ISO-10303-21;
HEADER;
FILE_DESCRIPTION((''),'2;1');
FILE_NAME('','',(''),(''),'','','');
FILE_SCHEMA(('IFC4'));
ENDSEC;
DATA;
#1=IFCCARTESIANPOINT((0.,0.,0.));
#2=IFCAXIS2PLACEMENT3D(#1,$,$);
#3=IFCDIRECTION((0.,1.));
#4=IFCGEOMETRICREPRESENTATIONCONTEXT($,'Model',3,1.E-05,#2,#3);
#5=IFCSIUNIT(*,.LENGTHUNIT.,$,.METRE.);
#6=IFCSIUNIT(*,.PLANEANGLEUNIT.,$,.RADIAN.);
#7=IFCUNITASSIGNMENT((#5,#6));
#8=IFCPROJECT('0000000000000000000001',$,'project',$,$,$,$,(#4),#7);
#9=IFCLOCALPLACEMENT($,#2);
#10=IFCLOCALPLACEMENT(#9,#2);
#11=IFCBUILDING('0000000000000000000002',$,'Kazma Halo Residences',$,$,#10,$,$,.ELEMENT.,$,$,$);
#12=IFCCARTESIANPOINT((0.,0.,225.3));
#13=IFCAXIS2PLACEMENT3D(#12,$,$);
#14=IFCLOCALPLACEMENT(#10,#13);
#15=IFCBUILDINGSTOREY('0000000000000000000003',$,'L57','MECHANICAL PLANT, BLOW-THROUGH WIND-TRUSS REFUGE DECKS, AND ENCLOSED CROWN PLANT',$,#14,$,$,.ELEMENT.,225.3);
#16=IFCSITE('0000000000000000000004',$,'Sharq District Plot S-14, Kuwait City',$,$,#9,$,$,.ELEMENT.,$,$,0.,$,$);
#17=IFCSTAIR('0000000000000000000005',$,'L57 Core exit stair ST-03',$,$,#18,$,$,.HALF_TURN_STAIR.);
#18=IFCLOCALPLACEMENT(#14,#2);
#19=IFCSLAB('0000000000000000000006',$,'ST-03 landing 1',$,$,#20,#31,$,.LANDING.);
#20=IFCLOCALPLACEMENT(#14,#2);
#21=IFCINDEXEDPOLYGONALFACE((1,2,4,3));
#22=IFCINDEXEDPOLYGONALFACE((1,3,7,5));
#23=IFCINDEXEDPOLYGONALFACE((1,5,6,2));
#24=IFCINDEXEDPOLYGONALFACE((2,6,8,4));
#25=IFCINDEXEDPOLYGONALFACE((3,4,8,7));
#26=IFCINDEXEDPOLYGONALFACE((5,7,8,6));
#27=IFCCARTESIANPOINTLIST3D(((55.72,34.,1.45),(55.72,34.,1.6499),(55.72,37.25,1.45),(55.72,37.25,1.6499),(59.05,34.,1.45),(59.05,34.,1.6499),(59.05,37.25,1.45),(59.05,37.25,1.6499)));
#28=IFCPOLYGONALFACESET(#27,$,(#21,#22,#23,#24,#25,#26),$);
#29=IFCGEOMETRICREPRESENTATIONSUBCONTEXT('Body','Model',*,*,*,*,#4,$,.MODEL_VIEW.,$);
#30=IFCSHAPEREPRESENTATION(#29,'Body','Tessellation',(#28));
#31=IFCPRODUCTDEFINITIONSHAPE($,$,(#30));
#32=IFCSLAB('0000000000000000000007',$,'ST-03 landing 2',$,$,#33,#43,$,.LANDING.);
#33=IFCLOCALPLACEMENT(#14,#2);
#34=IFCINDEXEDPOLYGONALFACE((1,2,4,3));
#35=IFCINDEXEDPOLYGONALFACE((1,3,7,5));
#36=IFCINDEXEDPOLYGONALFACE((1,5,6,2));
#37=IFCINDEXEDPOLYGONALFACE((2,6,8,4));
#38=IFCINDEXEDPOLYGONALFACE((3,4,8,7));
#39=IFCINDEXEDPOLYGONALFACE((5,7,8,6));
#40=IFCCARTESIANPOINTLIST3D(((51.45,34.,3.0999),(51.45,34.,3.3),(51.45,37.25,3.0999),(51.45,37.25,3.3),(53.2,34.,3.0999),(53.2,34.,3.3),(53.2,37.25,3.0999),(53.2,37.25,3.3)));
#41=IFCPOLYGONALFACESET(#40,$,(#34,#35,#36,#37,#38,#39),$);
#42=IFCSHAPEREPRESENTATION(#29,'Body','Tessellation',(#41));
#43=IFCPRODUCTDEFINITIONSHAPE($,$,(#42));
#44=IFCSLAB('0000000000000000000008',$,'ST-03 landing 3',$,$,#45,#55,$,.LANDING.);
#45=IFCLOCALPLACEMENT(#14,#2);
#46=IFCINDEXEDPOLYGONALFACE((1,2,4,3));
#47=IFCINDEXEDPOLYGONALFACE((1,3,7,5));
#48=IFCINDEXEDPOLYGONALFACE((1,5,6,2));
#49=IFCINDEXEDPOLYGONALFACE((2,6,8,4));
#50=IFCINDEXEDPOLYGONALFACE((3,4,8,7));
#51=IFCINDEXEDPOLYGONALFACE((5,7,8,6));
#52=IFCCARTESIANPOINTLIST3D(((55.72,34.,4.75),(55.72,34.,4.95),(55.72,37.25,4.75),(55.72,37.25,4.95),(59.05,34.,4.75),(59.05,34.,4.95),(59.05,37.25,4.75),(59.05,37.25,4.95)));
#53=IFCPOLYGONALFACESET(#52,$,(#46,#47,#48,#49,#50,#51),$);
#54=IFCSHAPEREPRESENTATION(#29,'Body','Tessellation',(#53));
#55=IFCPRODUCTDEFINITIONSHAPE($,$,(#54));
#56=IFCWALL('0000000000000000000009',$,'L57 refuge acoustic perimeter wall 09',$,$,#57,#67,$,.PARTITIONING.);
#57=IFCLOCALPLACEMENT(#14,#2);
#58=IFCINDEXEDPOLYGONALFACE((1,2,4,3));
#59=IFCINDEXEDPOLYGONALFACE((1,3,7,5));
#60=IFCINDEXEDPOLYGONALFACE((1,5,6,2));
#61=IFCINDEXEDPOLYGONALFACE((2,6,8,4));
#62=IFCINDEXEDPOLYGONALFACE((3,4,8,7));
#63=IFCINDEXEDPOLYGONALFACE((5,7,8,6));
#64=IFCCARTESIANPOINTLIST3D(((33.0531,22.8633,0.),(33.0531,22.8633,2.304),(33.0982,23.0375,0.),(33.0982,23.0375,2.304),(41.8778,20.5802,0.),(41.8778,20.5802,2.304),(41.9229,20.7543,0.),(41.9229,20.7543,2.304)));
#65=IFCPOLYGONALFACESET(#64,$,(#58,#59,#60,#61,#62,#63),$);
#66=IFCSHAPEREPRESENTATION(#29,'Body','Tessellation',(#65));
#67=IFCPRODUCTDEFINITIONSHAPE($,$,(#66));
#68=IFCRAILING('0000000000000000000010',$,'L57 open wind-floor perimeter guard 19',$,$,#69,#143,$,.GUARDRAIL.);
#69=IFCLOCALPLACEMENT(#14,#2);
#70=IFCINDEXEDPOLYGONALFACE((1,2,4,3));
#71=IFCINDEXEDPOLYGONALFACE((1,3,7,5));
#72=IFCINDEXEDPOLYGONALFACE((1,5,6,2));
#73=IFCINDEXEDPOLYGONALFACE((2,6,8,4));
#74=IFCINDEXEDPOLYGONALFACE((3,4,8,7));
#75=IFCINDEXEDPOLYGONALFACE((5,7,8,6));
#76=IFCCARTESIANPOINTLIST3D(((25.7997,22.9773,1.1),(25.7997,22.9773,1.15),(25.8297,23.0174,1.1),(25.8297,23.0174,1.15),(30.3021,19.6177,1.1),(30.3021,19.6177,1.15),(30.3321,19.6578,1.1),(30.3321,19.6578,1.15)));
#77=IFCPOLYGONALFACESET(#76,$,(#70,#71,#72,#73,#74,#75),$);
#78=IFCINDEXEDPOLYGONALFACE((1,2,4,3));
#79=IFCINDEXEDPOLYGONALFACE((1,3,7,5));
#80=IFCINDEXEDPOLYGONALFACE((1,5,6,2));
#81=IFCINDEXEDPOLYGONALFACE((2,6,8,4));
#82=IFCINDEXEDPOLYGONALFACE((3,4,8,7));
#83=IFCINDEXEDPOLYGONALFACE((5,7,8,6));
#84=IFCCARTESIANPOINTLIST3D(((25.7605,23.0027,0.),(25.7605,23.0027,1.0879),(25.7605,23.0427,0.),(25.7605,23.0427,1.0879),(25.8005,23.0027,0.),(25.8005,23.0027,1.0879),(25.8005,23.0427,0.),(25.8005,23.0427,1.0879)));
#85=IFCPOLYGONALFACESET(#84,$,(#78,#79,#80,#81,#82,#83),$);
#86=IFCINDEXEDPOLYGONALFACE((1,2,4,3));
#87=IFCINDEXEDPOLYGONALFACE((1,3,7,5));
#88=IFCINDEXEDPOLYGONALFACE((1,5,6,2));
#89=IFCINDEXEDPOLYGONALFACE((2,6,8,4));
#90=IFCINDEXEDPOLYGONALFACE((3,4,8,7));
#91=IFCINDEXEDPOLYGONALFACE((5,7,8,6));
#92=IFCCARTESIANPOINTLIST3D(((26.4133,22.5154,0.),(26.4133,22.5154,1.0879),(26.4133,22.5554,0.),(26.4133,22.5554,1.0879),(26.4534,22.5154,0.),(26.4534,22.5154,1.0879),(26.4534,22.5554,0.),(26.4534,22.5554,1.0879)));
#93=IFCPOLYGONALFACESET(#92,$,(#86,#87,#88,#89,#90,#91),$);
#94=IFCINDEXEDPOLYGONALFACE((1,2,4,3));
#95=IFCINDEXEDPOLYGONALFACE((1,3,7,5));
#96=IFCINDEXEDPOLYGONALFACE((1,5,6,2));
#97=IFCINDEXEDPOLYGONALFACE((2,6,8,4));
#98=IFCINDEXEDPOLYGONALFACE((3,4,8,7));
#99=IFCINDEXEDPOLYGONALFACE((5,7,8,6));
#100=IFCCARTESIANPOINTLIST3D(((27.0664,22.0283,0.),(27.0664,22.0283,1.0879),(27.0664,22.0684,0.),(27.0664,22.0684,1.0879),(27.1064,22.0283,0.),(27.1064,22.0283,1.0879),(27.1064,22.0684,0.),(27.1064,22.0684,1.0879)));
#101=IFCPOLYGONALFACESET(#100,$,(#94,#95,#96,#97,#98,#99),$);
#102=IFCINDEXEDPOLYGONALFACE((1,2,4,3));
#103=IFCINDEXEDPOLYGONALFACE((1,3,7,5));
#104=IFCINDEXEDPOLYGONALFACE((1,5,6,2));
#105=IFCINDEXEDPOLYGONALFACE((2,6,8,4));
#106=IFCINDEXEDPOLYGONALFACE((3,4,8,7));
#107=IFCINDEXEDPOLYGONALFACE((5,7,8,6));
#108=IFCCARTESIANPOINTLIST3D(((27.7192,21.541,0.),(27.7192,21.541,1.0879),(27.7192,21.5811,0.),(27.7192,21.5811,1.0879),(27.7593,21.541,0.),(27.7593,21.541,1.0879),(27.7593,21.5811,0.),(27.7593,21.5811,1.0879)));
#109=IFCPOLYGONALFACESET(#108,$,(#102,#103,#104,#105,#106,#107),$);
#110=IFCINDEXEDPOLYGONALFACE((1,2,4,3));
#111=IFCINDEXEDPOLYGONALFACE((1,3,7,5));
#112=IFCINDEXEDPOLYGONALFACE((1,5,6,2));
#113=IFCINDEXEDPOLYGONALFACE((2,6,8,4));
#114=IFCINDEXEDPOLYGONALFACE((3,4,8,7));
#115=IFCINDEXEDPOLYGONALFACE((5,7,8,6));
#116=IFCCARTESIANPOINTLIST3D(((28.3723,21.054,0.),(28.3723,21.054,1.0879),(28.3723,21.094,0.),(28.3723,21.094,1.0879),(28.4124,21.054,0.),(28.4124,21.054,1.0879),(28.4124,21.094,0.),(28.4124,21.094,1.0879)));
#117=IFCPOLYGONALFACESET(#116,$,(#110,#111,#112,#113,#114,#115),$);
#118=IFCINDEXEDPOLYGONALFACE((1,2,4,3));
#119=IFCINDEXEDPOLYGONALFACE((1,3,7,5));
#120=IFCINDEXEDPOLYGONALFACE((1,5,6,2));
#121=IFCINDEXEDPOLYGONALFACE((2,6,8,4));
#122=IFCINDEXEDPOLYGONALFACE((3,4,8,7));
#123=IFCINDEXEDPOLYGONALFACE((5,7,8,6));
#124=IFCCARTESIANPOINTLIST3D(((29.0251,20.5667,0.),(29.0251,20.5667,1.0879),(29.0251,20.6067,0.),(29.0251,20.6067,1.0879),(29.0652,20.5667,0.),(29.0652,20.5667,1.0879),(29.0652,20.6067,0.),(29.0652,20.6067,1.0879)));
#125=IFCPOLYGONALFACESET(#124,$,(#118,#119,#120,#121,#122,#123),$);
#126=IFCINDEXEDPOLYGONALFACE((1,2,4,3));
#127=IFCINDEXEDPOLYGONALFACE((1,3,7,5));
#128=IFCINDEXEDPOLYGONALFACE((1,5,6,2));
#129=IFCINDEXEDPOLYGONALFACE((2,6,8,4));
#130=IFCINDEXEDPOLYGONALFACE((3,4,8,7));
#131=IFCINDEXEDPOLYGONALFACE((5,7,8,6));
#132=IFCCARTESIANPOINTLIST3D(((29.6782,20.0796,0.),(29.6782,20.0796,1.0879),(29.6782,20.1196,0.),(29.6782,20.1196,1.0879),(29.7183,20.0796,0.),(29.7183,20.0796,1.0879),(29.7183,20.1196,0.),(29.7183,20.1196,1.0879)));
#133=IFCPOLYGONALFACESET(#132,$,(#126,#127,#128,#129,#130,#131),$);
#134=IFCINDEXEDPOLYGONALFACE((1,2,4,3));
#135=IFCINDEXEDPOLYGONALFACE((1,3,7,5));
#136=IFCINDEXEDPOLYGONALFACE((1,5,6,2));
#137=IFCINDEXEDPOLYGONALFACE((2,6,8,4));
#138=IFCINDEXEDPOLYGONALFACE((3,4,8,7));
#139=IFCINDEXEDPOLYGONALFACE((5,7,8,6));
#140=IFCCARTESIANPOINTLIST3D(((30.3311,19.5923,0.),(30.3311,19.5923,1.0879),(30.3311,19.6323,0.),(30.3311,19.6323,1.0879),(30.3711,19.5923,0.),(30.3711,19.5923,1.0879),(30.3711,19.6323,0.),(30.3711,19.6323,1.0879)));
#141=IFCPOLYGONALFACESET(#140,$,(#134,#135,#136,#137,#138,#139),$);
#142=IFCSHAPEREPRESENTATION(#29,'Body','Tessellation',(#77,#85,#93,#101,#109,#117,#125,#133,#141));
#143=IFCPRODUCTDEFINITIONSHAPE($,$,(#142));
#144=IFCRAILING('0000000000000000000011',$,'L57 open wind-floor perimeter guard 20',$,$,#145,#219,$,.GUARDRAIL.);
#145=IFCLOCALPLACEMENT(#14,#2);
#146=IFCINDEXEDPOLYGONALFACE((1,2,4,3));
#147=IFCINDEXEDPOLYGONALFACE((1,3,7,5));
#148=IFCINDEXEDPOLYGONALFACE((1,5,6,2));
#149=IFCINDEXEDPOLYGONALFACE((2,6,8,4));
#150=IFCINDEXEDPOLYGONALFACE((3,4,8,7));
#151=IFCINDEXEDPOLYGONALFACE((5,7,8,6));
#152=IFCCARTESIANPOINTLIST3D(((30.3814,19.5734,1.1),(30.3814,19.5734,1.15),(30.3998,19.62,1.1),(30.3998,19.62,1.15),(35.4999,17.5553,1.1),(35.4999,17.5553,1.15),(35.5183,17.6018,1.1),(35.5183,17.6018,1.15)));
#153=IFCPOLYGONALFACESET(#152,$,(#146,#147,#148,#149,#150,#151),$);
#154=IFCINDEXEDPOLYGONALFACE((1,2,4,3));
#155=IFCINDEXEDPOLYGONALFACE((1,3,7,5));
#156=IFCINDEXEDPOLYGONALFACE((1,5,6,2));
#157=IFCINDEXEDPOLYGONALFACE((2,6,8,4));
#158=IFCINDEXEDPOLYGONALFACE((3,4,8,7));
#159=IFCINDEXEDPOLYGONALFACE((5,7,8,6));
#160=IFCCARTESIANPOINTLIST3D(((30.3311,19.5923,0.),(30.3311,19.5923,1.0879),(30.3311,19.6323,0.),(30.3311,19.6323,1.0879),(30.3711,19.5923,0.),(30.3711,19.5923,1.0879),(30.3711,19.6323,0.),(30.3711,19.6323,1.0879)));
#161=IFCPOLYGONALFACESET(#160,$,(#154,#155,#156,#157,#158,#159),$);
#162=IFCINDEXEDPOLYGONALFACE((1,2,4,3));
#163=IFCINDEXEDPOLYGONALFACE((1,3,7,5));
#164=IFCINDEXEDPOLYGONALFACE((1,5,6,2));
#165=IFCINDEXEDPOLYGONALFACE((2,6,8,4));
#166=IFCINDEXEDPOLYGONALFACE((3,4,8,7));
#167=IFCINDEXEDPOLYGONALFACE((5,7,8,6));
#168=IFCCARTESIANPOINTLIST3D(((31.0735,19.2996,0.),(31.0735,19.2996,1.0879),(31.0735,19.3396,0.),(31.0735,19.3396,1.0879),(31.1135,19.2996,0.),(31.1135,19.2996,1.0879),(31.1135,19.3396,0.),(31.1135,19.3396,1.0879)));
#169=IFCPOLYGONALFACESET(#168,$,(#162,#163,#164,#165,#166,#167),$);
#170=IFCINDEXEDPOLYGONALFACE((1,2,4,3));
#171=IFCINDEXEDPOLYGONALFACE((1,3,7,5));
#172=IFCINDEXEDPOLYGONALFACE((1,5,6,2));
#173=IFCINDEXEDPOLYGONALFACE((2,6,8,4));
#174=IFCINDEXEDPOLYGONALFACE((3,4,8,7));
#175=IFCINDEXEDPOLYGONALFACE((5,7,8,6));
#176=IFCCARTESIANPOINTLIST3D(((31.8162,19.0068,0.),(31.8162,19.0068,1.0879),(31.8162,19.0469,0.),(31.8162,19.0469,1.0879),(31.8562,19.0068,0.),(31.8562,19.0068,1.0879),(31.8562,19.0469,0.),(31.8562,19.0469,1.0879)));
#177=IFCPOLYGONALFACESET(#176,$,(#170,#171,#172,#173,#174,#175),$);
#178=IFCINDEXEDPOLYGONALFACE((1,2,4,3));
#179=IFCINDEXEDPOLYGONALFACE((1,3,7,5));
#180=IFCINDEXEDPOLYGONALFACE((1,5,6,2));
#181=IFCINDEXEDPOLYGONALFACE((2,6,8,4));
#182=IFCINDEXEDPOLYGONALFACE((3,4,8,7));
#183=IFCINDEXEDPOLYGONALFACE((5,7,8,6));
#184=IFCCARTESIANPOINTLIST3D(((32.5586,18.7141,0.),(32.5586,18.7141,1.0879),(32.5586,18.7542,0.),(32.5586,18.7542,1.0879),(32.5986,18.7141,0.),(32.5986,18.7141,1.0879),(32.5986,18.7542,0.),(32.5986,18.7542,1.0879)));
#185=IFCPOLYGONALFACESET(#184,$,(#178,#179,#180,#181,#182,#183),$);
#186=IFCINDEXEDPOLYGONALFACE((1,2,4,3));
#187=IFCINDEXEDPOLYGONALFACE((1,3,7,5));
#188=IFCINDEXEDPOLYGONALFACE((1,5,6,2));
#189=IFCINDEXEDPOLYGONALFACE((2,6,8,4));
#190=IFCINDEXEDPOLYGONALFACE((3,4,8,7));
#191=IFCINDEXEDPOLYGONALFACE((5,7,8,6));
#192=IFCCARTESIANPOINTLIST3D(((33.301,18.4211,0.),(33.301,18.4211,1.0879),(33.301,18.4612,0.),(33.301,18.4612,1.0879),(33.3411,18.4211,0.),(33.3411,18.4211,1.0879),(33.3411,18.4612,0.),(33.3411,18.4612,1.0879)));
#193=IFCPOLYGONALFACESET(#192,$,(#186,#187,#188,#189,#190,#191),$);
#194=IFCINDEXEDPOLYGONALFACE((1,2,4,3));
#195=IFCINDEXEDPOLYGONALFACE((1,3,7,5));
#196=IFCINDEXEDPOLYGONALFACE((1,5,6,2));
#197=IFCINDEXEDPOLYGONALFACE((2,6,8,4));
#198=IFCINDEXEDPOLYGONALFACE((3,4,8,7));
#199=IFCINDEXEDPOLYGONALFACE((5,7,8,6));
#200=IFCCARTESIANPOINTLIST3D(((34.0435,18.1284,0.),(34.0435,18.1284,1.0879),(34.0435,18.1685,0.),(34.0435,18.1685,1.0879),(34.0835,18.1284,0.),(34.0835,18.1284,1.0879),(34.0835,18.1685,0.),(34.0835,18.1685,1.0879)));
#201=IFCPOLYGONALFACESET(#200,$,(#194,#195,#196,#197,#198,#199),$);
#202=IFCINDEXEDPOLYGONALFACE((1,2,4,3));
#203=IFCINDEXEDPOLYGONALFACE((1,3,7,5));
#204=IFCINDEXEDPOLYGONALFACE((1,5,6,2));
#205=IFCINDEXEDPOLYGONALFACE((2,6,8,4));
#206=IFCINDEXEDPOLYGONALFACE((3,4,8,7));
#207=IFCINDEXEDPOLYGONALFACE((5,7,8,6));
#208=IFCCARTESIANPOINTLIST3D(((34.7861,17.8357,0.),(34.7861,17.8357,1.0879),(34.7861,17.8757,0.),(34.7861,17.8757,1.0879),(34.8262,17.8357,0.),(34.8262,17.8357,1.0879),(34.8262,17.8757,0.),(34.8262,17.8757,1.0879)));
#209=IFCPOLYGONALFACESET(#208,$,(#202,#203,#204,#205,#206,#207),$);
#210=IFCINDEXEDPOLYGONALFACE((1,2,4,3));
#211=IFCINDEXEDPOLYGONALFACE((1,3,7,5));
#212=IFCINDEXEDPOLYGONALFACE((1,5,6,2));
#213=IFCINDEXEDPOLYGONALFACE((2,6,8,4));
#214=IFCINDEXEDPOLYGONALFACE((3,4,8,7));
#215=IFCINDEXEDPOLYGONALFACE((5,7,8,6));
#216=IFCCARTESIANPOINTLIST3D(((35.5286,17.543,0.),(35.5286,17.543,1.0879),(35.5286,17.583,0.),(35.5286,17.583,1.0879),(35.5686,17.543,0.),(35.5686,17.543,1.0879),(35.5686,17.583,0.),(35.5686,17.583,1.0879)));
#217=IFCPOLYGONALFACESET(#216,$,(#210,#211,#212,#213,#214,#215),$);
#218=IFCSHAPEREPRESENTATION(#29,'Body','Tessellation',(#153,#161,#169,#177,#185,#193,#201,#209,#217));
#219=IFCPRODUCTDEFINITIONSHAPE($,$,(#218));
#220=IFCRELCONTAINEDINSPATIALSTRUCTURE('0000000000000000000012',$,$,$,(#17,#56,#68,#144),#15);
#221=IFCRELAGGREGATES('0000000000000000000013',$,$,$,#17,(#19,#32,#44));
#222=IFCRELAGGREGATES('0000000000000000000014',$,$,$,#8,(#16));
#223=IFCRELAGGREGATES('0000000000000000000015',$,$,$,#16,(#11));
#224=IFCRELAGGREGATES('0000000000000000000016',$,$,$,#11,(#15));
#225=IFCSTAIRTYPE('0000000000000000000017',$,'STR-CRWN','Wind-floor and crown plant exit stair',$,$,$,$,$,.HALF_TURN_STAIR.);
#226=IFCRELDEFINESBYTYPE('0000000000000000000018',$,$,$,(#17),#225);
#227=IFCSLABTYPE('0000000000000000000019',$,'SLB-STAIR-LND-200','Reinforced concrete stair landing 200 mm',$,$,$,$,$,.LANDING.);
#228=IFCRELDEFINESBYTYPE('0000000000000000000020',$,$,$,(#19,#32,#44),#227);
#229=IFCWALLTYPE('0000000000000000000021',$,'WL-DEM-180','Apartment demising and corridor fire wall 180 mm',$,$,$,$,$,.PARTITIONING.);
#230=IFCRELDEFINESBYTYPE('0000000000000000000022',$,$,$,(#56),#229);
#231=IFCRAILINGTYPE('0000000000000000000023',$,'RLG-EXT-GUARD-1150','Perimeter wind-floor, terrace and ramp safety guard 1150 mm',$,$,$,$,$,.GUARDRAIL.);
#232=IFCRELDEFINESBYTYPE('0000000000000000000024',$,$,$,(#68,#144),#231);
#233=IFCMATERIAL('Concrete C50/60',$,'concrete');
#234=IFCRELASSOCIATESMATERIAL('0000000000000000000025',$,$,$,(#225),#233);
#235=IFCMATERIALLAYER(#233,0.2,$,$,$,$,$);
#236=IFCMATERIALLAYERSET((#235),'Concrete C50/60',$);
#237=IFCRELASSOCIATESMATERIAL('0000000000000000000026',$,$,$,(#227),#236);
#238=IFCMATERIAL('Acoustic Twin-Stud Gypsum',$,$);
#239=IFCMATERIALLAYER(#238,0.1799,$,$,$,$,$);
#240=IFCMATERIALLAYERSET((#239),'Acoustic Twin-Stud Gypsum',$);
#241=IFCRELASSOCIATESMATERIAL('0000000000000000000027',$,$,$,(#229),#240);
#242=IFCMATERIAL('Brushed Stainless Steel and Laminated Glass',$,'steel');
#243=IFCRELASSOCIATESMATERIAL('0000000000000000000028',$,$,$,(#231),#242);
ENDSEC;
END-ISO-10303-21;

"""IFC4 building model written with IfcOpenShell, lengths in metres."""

from ifc_helpers import new_model, si_unit, direction, frame, frame_2d, origin, origin_2d, place, context, subcontext, project, spatial, polyline, rectangle, outline, extrude, material, layer, layer_set, type_object, element, aggregate, save


model = new_model("IFC4")

# Units and contexts
model_context = context("Model", 3, precision=1e-05, world=origin(), true_north=direction((0.0, 1.0)))
body_context = subcontext(model_context, "Body", "Model", "MODEL_VIEW")
ifc_project = project(units=[si_unit("LENGTHUNIT", "METRE"), si_unit("PLANEANGLEUNIT", "RADIAN")], contexts=[model_context])

# Site, building, storey
site_placement = place(None, origin())
site = spatial("IfcSite", under=ifc_project, at=site_placement, Name="Sharq District Plot S-14, Kuwait City", CompositionType="ELEMENT", RefElevation=0.0)
building_placement = place(site_placement, origin())
building = spatial("IfcBuilding", under=site, at=building_placement, Name="Kazma Halo Residences", CompositionType="ELEMENT")
storey_placement = place(building_placement, frame((0.0, 0.0, 225.3)))
storey = spatial("IfcBuildingStorey", under=building, at=storey_placement, Name="L57", Description="MECHANICAL PLANT, BLOW-THROUGH WIND-TRUSS REFUGE DECKS, AND ENCLOSED CROWN PLANT", CompositionType="ELEMENT", Elevation=225.3)

# Shared definitions
ifc_material_1 = material(Name="Concrete C50/60", Category="concrete")

# Stair, slabs
stair_type = type_object("IfcStairType", Name="STR-CRWN", Description="Wind-floor and crown plant exit stair", PredefinedType="HALF_TURN_STAIR", material=ifc_material_1)
ifc_layer_1 = layer(ifc_material_1, 0.2)
ifc_layer_set_1 = layer_set([ifc_layer_1], Name="Concrete C50/60")
slab_type_1 = type_object("IfcSlabType", Name="SLB-STAIR-LND-200", Description="Reinforced concrete stair landing 200 mm", PredefinedType="LANDING", material=ifc_layer_set_1)
stair_1_placement = place(storey_placement, origin())
stair_1 = element("IfcStair", 1, at=stair_1_placement, inside=storey, type_object=stair_type, Name="L57 Core exit stair ST-03", PredefinedType="HALF_TURN_STAIR")
slab_1_placement = place(storey_placement, frame((0.0, 0.0, 1.45)))
slab_1 = element("IfcSlab", 2, at=slab_1_placement, type_object=slab_type_1, Name="ST-03 landing 1", PredefinedType="LANDING", context=body_context, shape_type="SweptSolid", body=[
    extrude(outline(polyline([(55.72, 34.0), (59.05, 34.0), (59.05, 37.25), (55.72, 37.25), (55.72, 34.0)])), origin(), (0.0, 0.0, 1.0), 0.2),
])
slab_2_placement = place(storey_placement, frame((0.0, 0.0, 3.0999)))
slab_2 = element("IfcSlab", 3, at=slab_2_placement, type_object=slab_type_1, Name="ST-03 landing 2", PredefinedType="LANDING", context=body_context, shape_type="SweptSolid", body=[
    extrude(outline(polyline([(51.45, 34.0), (53.2, 34.0), (53.2, 37.25), (51.45, 37.25), (51.45, 34.0)])), origin(), (0.0, 0.0, 1.0), 0.2002),
])
slab_3_placement = place(storey_placement, frame((0.0, 0.0, 4.75)))
slab_3 = element("IfcSlab", 4, at=slab_3_placement, type_object=slab_type_1, Name="ST-03 landing 3", PredefinedType="LANDING", context=body_context, shape_type="SweptSolid", body=[
    extrude(outline(polyline([(55.72, 34.0), (59.05, 34.0), (59.05, 37.25), (55.72, 37.25), (55.72, 34.0)])), origin(), (0.0, 0.0, 1.0), 0.2),
])
aggregate(stair_1, [slab_1, slab_2, slab_3])

# Wall
ifc_material_2 = material(Name="Acoustic Twin-Stud Gypsum")
ifc_layer_2 = layer(ifc_material_2, 0.1799)
ifc_layer_set_2 = layer_set([ifc_layer_2], Name="Acoustic Twin-Stud Gypsum")
wall_type = type_object("IfcWallType", Name="WL-DEM-180", Description="Apartment demising and corridor fire wall 180 mm", PredefinedType="PARTITIONING", material=ifc_layer_set_2)
wall_placement = place(storey_placement, frame((33.0757, 22.9504, 0.0), z_axis=(0.0, 0.0, 1.0), x_axis=(0.968122, -0.250481, 0.0)))
element("IfcWall", 5, at=wall_placement, inside=storey, type_object=wall_type, Name="L57 refuge acoustic perimeter wall 09", PredefinedType="PARTITIONING", context=body_context, shape_type="SweptSolid", body=[
    extrude(rectangle(XDim=9.1152, YDim=0.1799, at=frame_2d((4.5576, 0.0))), origin(), (0.0, 0.0, 1.0), 2.304),
])

# Railings
ifc_material_3 = material(Name="Brushed Stainless Steel and Laminated Glass", Category="steel")
railing_type = type_object("IfcRailingType", Name="RLG-EXT-GUARD-1150", Description="Perimeter wind-floor, terrace and ramp safety guard 1150 mm", PredefinedType="GUARDRAIL", material=ifc_material_3)
railing_1_placement = place(storey_placement, frame((25.7805, 23.0227, 0.0)))
element("IfcRailing", 6, at=railing_1_placement, inside=storey, type_object=railing_type, Name="L57 open wind-floor perimeter guard 19", PredefinedType="GUARDRAIL", context=body_context, shape_type="SweptSolid", body=[
    extrude(rectangle(XDim=0.05, YDim=0.05, at=origin_2d()), frame((0.0342, -0.0254, 1.125), z_axis=(0.801472, -0.598032, 0.0), x_axis=(0.598032, 0.801472, 0.0)), (0.0, 0.0, 1.0), 5.6177),
    extrude(rectangle(XDim=0.04, YDim=0.04, at=origin_2d()), origin(), (0.0, 0.0, 1.0), 1.0879),
    extrude(rectangle(XDim=0.04, YDim=0.04, at=origin_2d()), frame((0.6528, -0.4873, 0.0)), (0.0, 0.0, 1.0), 1.0879),
    extrude(rectangle(XDim=0.04, YDim=0.04, at=origin_2d()), frame((1.3059, -0.9744, 0.0)), (0.0, 0.0, 1.0), 1.0879),
    extrude(rectangle(XDim=0.04, YDim=0.04, at=origin_2d()), frame((1.9587, -1.4617, 0.0)), (0.0, 0.0, 1.0), 1.0879),
    extrude(rectangle(XDim=0.04, YDim=0.04, at=origin_2d()), frame((2.6118, -1.9487, 0.0)), (0.0, 0.0, 1.0), 1.0879),
    extrude(rectangle(XDim=0.04, YDim=0.04, at=origin_2d()), frame((3.2646, -2.436, 0.0)), (0.0, 0.0, 1.0), 1.0879),
    extrude(rectangle(XDim=0.04, YDim=0.04, at=origin_2d()), frame((3.9177, -2.9231, 0.0)), (0.0, 0.0, 1.0), 1.0879),
    extrude(rectangle(XDim=0.04, YDim=0.04, at=origin_2d()), frame((4.5706, -3.4104, 0.0)), (0.0, 0.0, 1.0), 1.0879),
])
railing_2_placement = place(storey_placement, frame((30.3511, 19.6123, 0.0)))
element("IfcRailing", 7, at=railing_2_placement, inside=storey, type_object=railing_type, Name="L57 open wind-floor perimeter guard 20", PredefinedType="GUARDRAIL", context=body_context, shape_type="SweptSolid", body=[
    extrude(rectangle(XDim=0.05, YDim=0.05, at=origin_2d()), frame((0.0396, -0.0156, 1.125), z_axis=(0.930298, -0.366805, 0.0), x_axis=(0.366805, 0.930298, 0.0)), (0.0, 0.0, 1.0), 5.502),
    extrude(rectangle(XDim=0.04, YDim=0.04, at=origin_2d()), origin(), (0.0, 0.0, 1.0), 1.0879),
    extrude(rectangle(XDim=0.04, YDim=0.04, at=origin_2d()), frame((0.7424, -0.2927, 0.0)), (0.0, 0.0, 1.0), 1.0879),
    extrude(rectangle(XDim=0.04, YDim=0.04, at=origin_2d()), frame((1.4851, -0.5854, 0.0)), (0.0, 0.0, 1.0), 1.0879),
    extrude(rectangle(XDim=0.04, YDim=0.04, at=origin_2d()), frame((2.2275, -0.8782, 0.0)), (0.0, 0.0, 1.0), 1.0879),
    extrude(rectangle(XDim=0.04, YDim=0.04, at=origin_2d()), frame((2.97, -1.1711, 0.0)), (0.0, 0.0, 1.0), 1.0879),
    extrude(rectangle(XDim=0.04, YDim=0.04, at=origin_2d()), frame((3.7124, -1.4639, 0.0)), (0.0, 0.0, 1.0), 1.0879),
    extrude(rectangle(XDim=0.04, YDim=0.04, at=origin_2d()), frame((4.4551, -1.7566, 0.0)), (0.0, 0.0, 1.0), 1.0879),
    extrude(rectangle(XDim=0.04, YDim=0.04, at=origin_2d()), frame((5.1975, -2.0493, 0.0)), (0.0, 0.0, 1.0), 1.0879),
])

save(model, "model.ifc")
